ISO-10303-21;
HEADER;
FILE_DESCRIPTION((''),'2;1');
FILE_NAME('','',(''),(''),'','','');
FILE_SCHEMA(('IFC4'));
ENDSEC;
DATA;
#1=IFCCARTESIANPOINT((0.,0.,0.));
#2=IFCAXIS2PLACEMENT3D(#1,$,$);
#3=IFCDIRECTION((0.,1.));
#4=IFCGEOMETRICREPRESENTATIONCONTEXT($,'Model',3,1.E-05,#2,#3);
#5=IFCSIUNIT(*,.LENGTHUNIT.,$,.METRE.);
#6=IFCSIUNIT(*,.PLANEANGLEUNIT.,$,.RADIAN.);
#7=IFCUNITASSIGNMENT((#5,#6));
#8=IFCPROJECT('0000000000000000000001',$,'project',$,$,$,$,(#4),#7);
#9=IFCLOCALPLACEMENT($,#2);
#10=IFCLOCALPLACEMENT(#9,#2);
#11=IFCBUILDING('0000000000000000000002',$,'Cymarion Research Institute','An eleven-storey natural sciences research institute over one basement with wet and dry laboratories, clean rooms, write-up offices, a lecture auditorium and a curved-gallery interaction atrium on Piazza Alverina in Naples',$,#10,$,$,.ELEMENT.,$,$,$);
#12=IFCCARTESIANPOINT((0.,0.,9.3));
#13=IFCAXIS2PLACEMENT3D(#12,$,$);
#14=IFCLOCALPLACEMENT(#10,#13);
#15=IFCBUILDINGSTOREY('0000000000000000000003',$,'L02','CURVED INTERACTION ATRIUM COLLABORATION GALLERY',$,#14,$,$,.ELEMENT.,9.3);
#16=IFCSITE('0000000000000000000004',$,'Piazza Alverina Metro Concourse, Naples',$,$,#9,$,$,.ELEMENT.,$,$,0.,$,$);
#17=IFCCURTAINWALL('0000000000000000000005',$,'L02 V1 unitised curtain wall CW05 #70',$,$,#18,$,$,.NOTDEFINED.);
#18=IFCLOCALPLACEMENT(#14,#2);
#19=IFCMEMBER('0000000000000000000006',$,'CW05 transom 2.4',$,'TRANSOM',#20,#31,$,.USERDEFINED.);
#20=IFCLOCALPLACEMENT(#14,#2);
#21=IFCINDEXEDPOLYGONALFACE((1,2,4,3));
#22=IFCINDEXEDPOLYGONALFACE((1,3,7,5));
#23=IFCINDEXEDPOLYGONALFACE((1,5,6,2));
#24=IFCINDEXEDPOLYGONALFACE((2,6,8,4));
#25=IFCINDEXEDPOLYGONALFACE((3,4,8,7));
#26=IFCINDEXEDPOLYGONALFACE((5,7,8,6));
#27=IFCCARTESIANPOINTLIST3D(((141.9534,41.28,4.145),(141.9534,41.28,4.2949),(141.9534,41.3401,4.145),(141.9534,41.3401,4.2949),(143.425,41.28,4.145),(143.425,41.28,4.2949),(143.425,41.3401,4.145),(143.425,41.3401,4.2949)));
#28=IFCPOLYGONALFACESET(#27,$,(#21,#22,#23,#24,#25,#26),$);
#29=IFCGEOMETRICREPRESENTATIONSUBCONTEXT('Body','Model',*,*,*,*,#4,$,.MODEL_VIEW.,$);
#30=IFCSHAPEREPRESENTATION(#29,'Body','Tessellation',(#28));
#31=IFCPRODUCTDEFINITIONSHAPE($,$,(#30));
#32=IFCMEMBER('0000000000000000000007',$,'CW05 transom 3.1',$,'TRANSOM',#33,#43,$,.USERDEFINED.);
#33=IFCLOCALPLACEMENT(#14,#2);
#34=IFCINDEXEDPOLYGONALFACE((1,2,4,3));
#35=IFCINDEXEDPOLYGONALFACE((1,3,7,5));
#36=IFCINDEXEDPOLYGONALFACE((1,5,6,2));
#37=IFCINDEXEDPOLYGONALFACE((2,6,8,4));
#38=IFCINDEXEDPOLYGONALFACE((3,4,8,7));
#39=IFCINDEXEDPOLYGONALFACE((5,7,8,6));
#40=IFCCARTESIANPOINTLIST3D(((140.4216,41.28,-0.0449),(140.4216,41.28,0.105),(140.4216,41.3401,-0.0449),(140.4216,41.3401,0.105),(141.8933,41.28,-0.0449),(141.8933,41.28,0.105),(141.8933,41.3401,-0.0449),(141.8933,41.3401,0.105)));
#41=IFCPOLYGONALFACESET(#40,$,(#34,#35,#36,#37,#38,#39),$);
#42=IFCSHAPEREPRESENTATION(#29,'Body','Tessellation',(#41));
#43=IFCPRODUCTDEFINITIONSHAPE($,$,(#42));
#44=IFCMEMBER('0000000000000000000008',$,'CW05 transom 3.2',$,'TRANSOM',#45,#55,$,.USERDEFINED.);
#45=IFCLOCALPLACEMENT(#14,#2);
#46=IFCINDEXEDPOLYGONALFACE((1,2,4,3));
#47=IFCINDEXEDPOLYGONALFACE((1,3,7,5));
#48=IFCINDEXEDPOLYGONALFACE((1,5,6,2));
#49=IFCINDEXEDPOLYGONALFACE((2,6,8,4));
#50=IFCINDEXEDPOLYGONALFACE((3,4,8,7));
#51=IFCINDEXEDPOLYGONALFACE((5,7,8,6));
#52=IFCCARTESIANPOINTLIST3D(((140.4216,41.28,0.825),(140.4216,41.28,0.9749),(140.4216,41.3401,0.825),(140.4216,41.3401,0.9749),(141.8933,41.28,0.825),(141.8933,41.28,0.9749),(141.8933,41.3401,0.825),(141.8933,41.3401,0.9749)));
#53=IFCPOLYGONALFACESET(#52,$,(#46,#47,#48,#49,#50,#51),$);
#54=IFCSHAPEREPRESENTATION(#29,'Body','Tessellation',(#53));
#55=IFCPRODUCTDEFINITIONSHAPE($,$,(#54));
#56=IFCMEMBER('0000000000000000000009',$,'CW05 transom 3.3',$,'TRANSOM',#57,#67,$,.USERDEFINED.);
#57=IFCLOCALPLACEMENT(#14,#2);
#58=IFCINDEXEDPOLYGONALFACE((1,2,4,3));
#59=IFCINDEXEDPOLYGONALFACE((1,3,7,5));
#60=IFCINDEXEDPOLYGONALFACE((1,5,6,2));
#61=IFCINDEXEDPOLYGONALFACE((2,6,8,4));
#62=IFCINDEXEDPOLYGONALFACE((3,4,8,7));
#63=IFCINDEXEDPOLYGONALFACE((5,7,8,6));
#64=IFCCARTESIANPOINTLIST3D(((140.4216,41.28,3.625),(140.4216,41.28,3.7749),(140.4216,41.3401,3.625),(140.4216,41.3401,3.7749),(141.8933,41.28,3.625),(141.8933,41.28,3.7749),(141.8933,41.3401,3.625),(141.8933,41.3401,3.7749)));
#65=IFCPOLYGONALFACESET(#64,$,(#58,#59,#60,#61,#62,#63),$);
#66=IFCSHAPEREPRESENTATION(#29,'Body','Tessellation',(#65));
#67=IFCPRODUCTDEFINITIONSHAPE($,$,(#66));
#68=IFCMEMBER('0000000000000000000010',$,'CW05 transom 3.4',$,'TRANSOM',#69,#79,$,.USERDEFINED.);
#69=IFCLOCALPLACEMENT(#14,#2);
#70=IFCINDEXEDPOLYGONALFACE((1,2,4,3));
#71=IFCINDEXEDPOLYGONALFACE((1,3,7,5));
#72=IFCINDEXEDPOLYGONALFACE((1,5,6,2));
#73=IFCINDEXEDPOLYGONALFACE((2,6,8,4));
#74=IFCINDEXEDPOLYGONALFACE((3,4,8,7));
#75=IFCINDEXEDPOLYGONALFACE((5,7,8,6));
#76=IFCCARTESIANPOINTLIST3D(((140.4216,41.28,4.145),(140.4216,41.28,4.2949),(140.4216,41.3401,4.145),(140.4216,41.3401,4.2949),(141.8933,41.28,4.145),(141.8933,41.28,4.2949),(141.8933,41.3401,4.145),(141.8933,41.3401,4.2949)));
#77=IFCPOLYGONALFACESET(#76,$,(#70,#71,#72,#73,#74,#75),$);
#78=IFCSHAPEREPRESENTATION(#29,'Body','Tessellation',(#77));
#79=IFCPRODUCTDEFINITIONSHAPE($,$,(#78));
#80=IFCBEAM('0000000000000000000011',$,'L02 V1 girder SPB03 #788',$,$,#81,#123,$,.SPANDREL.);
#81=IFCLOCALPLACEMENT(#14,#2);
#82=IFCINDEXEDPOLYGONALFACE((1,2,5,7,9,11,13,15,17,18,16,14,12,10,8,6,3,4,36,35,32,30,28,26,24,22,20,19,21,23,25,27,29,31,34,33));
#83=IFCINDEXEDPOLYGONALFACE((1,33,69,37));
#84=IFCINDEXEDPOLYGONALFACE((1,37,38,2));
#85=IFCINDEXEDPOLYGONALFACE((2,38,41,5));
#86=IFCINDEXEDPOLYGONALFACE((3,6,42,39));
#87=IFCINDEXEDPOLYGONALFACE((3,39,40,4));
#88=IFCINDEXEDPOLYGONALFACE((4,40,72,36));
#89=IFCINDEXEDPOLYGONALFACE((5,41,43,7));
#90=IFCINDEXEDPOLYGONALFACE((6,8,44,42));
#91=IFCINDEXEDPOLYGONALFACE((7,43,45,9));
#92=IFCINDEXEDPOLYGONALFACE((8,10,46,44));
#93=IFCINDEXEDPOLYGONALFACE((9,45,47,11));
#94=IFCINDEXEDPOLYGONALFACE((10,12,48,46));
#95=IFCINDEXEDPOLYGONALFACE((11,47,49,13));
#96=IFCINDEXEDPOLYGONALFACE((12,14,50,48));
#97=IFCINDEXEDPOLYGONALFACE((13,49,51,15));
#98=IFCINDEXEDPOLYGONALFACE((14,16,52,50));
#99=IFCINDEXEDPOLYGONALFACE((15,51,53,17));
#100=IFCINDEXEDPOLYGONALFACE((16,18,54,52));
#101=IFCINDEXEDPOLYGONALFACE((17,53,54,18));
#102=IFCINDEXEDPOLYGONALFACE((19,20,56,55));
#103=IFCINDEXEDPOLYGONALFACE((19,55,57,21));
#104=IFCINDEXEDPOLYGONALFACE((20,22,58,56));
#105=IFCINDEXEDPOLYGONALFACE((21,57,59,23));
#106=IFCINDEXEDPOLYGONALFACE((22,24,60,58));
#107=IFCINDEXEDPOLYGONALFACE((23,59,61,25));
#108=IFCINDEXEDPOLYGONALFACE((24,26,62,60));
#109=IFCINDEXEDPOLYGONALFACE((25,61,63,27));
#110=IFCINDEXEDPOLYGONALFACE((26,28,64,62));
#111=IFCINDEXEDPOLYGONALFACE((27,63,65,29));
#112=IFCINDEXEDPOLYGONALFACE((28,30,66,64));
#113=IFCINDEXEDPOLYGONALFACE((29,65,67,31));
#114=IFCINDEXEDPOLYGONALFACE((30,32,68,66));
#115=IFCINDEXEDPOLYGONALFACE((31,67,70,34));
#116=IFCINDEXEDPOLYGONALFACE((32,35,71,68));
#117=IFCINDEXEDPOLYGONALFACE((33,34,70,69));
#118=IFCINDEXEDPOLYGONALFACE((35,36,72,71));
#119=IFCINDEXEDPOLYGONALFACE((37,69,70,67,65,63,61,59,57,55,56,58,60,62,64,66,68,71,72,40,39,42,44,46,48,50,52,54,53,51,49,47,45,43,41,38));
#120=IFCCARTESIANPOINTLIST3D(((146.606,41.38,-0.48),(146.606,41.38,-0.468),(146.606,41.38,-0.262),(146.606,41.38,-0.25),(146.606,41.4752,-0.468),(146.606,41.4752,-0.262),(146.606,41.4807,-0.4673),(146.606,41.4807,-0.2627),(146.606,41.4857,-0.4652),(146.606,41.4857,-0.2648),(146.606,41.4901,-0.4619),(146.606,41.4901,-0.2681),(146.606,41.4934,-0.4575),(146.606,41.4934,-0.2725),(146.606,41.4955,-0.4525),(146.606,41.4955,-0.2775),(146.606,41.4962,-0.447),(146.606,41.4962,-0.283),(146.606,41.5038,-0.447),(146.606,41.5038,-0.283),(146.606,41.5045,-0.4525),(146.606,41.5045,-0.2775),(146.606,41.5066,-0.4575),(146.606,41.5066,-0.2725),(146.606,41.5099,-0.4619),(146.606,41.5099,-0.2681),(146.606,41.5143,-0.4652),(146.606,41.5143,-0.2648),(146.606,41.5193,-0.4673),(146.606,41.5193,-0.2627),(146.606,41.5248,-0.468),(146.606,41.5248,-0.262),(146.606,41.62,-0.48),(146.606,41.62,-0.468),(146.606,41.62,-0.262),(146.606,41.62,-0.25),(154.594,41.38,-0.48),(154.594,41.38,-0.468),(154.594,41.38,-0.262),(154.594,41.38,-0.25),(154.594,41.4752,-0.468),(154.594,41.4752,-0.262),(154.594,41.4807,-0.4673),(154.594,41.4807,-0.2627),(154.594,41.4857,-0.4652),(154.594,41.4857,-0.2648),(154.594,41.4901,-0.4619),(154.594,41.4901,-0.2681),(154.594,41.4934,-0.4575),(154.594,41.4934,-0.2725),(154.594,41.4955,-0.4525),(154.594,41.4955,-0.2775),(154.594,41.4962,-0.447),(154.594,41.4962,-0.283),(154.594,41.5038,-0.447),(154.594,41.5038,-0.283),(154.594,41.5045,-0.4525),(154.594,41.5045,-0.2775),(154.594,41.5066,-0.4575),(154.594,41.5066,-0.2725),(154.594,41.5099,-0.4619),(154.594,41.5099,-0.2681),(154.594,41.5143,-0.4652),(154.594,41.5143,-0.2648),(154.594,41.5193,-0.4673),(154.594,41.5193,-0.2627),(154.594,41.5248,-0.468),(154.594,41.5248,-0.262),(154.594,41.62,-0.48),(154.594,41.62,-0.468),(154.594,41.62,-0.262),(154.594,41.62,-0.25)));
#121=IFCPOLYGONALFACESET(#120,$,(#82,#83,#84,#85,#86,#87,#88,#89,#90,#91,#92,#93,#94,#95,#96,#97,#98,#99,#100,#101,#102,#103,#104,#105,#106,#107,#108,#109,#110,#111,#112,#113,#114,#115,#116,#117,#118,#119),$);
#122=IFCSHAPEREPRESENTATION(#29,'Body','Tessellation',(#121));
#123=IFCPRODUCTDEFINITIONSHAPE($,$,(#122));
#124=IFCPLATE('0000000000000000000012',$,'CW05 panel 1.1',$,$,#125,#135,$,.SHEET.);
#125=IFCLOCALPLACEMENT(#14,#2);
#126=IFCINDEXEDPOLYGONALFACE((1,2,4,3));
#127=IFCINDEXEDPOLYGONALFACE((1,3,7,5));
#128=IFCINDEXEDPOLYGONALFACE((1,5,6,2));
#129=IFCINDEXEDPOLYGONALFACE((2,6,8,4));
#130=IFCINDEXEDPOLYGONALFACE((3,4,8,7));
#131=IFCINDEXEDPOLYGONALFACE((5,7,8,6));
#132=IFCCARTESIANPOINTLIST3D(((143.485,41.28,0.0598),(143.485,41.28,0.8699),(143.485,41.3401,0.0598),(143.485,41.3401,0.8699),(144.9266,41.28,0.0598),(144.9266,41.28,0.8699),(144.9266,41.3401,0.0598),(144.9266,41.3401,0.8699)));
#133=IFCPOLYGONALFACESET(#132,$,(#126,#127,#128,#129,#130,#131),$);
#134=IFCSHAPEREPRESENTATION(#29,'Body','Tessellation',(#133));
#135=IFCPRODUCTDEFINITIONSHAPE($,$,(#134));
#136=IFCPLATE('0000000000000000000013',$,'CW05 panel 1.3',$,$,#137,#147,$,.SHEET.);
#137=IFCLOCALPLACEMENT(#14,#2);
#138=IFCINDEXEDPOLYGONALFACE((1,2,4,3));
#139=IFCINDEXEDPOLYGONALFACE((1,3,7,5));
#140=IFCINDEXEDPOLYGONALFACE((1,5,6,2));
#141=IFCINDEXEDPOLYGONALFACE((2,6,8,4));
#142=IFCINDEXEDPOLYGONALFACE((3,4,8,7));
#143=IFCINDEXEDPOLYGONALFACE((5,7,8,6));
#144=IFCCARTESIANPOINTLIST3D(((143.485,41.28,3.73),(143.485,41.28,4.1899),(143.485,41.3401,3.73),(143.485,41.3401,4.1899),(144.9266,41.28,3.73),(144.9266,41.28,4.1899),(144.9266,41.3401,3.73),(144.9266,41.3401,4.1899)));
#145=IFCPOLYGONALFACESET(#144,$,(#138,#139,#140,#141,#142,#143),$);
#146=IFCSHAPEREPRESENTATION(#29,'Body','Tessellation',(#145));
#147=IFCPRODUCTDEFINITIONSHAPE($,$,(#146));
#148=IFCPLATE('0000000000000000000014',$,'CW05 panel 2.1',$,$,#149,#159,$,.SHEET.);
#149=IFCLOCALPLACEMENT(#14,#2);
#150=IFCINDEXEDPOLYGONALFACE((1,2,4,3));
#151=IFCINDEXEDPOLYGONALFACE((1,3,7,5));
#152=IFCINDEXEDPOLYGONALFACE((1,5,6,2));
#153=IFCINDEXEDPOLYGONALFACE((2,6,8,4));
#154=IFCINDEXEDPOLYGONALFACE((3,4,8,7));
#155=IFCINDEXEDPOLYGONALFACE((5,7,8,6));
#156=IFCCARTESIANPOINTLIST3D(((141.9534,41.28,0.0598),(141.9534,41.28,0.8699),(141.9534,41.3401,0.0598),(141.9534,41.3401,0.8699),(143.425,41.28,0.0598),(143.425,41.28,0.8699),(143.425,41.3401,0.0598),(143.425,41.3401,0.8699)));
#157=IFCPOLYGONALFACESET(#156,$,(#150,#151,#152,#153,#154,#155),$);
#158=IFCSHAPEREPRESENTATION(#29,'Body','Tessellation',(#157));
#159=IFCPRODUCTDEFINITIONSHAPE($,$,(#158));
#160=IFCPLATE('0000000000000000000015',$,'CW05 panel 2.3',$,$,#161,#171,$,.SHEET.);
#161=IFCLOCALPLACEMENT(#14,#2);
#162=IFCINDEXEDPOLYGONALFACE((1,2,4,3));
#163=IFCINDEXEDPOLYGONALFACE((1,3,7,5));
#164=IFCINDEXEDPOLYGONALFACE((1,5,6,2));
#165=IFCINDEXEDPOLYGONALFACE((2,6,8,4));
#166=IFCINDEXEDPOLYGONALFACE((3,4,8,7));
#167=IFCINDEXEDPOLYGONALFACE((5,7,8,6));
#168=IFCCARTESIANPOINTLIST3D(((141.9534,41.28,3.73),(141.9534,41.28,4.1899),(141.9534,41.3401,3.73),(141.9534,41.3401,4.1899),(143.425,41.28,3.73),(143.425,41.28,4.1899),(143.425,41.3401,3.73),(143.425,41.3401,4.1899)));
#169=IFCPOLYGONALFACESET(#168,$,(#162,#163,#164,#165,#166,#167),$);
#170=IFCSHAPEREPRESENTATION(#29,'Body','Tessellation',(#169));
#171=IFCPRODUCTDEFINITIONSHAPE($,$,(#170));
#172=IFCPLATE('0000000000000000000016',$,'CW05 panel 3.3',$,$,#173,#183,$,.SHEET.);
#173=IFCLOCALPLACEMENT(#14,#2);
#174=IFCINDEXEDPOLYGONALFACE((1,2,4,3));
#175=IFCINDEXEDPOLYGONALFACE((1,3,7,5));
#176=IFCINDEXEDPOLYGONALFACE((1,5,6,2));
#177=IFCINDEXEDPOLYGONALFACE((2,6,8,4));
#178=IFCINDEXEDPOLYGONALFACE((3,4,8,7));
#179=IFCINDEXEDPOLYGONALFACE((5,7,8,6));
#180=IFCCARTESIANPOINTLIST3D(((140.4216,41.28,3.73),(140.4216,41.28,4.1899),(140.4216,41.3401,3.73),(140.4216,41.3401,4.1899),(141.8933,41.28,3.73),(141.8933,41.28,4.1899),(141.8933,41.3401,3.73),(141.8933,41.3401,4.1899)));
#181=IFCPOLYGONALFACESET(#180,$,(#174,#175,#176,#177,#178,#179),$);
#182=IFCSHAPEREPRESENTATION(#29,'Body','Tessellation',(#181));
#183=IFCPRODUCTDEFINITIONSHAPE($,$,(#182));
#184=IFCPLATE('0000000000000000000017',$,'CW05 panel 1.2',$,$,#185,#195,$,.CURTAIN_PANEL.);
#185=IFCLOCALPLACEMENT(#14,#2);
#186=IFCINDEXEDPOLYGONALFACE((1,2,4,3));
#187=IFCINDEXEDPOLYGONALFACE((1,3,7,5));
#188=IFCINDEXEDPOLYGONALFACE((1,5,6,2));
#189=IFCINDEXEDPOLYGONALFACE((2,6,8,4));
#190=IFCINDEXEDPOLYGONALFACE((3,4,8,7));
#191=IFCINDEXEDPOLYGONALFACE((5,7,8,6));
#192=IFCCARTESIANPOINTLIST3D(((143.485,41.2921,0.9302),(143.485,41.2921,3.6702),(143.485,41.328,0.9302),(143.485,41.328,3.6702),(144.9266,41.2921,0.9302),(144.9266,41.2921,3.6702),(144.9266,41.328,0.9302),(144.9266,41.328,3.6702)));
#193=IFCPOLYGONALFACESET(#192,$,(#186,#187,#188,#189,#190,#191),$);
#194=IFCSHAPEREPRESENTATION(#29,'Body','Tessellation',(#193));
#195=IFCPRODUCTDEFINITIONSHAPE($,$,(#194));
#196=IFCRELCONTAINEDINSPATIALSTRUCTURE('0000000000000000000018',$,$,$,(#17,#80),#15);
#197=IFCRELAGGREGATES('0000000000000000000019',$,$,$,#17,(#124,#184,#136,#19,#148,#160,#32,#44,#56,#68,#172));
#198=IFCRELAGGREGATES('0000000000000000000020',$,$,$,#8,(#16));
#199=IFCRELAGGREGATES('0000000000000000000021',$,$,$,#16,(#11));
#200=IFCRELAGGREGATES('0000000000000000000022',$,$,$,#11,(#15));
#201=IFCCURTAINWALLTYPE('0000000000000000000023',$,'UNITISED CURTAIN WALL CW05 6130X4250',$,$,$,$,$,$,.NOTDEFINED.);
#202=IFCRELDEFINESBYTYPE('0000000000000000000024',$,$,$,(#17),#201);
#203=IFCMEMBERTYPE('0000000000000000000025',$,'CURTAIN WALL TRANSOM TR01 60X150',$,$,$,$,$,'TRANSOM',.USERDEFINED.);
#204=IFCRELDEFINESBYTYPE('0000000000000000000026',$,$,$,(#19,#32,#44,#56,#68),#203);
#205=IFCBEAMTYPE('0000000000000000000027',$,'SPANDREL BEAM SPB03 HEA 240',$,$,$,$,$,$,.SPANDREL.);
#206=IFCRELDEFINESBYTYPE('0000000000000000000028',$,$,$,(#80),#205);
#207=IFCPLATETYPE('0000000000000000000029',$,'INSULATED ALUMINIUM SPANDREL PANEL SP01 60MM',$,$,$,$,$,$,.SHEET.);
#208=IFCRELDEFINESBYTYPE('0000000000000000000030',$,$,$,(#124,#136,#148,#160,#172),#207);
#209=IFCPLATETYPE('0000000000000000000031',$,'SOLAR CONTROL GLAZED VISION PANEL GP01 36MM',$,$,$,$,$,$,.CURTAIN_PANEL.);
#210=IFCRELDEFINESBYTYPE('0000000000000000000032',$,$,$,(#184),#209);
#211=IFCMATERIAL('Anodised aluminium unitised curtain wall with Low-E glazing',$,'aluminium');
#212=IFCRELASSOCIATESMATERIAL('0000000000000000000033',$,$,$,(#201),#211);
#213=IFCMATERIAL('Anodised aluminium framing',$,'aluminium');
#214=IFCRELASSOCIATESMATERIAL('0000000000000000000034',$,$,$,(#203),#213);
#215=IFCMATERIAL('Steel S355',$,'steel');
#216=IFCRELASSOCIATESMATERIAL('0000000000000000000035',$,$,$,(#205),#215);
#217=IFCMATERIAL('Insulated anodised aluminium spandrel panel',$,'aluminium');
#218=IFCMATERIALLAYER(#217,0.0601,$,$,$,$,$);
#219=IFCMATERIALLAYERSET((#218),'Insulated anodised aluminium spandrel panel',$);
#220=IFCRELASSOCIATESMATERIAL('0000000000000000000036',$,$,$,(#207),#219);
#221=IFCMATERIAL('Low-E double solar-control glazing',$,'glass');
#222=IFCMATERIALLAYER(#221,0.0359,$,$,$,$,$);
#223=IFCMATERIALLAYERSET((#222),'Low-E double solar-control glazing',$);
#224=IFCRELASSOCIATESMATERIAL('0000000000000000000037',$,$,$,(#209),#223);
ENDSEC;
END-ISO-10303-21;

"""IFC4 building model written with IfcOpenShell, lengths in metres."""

from ifc_helpers import new_model, si_unit, direction, frame, origin, origin_2d, place, context, subcontext, project, spatial, rectangle, i_section, extrude, material, layer, layer_set, material_profile, profile_set, type_object, element, aggregate, save


model = new_model("IFC4")

# Units and contexts
model_context = context("Model", 3, precision=1e-05, world=origin(), true_north=direction((0.0, 1.0)))
body_context = subcontext(model_context, "Body", "Model", "MODEL_VIEW")
ifc_project = project(units=[si_unit("LENGTHUNIT", "METRE"), si_unit("PLANEANGLEUNIT", "RADIAN")], contexts=[model_context])

# Site, building, storey
site_placement = place(None, origin())
site = spatial("IfcSite", under=ifc_project, at=site_placement, Name="Piazza Alverina Metro Concourse, Naples", CompositionType="ELEMENT", RefElevation=0.0)
building_placement = place(site_placement, origin())
building = spatial("IfcBuilding", under=site, at=building_placement, Name="Cymarion Research Institute", Description="An eleven-storey natural sciences research institute over one basement with wet and dry laboratories, clean rooms, write-up offices, a lecture auditorium and a curved-gallery interaction atrium on Piazza Alverina in Naples", CompositionType="ELEMENT")
storey_placement = place(building_placement, frame((0.0, 0.0, 9.3)))
storey = spatial("IfcBuildingStorey", under=building, at=storey_placement, Name="L02", Description="CURVED INTERACTION ATRIUM COLLABORATION GALLERY", CompositionType="ELEMENT", Elevation=9.3)

# Shared definitions
ifc_material_1 = material(Name="Steel S355", Category="steel")

# Shared definitions
ifc_material_2 = material(Name="Anodised aluminium unitised curtain wall with Low-E glazing", Category="aluminium")
ifc_material_3 = material(Name="Anodised aluminium framing", Category="aluminium")

# Curtain wall, members
curtain_wall_type_1 = type_object("IfcCurtainWallType", Name="UNITISED CURTAIN WALL CW05 6130X4250", PredefinedType="NOTDEFINED", material=ifc_material_2)
curtain_wall_1_placement = place(storey_placement, origin())
curtain_wall_1 = element("IfcCurtainWall", 1, at=curtain_wall_1_placement, inside=storey, type_object=curtain_wall_type_1, Name="L02 V1 unitised curtain wall CW05 #70", PredefinedType="NOTDEFINED")
ifc_material_profile_1 = material_profile(ifc_material_3, rectangle(XDim=0.0601, YDim=0.1499, at=origin_2d()), Name="ALU TRANSOM 60x150")
ifc_profile_set_1 = profile_set([ifc_material_profile_1], Name="Anodised aluminium framing")
member_type_1 = type_object("IfcMemberType", Name="CURTAIN WALL TRANSOM TR01 60X150", ElementType="TRANSOM", PredefinedType="USERDEFINED", material=ifc_profile_set_1)
member_1_placement = place(storey_placement, frame((143.425, 41.3101, 4.22), z_axis=(-1.0, 0.0, 0.0), x_axis=(0.0, -1.0, 0.0)))
member_1 = element("IfcMember", 2, at=member_1_placement, type_object=member_type_1, Name="CW05 transom 2.4", ObjectType="TRANSOM", PredefinedType="USERDEFINED", context=body_context, shape_type="SweptSolid", body=[
    extrude(rectangle(XDim=0.0601, YDim=0.1499, at=origin_2d()), origin(), (0.0, 0.0, 1.0), 1.4717),
])
member_2_placement = place(storey_placement, frame((141.8933, 41.3101, 0.03), z_axis=(-1.0, 0.0, 0.0), x_axis=(0.0, -1.0, 0.0)))
member_2 = element("IfcMember", 3, at=member_2_placement, type_object=member_type_1, Name="CW05 transom 3.1", ObjectType="TRANSOM", PredefinedType="USERDEFINED", context=body_context, shape_type="SweptSolid", body=[
    extrude(rectangle(XDim=0.0601, YDim=0.1499, at=origin_2d()), origin(), (0.0, 0.0, 1.0), 1.4717),
])
member_3_placement = place(storey_placement, frame((141.8933, 41.3101, 0.8999), z_axis=(-1.0, 0.0, 0.0), x_axis=(0.0, -1.0, 0.0)))
member_3 = element("IfcMember", 4, at=member_3_placement, type_object=member_type_1, Name="CW05 transom 3.2", ObjectType="TRANSOM", PredefinedType="USERDEFINED", context=body_context, shape_type="SweptSolid", body=[
    extrude(rectangle(XDim=0.0601, YDim=0.1499, at=origin_2d()), origin(), (0.0, 0.0, 1.0), 1.4717),
])
member_4_placement = place(storey_placement, frame((141.8933, 41.3101, 3.7), z_axis=(-1.0, 0.0, 0.0), x_axis=(0.0, -1.0, 0.0)))
member_4 = element("IfcMember", 5, at=member_4_placement, type_object=member_type_1, Name="CW05 transom 3.3", ObjectType="TRANSOM", PredefinedType="USERDEFINED", context=body_context, shape_type="SweptSolid", body=[
    extrude(rectangle(XDim=0.0601, YDim=0.1499, at=origin_2d()), origin(), (0.0, 0.0, 1.0), 1.4717),
])
member_5_placement = place(storey_placement, frame((141.8933, 41.3101, 4.22), z_axis=(-1.0, 0.0, 0.0), x_axis=(0.0, -1.0, 0.0)))
member_5 = element("IfcMember", 6, at=member_5_placement, type_object=member_type_1, Name="CW05 transom 3.4", ObjectType="TRANSOM", PredefinedType="USERDEFINED", context=body_context, shape_type="SweptSolid", body=[
    extrude(rectangle(XDim=0.0601, YDim=0.1499, at=origin_2d()), origin(), (0.0, 0.0, 1.0), 1.4717),
])

# Beam
ifc_material_profile_2 = material_profile(ifc_material_1, i_section(OverallWidth=0.24, OverallDepth=0.23, WebThickness=0.0076, FlangeThickness=0.012, FilletRadius=0.021, at=origin_2d()), Name="HEA 240")
ifc_profile_set_2 = profile_set([ifc_material_profile_2], Name="Steel S355")
beam_type = type_object("IfcBeamType", Name="SPANDREL BEAM SPB03 HEA 240", PredefinedType="SPANDREL", material=ifc_profile_set_2)
beam_placement = place(storey_placement, frame((146.606, 41.5, -0.365), z_axis=(1.0, 0.0, 0.0), x_axis=(0.0, 1.0, 0.0)))
element("IfcBeam", 7, at=beam_placement, inside=storey, type_object=beam_type, Name="L02 V1 girder SPB03 #788", PredefinedType="SPANDREL", context=body_context, shape_type="SweptSolid", body=[
    extrude(i_section(OverallWidth=0.24, OverallDepth=0.23, WebThickness=0.0076, FlangeThickness=0.012, FilletRadius=0.021, at=origin_2d()), origin(), (0.0, 0.0, 1.0), 7.988),
])

# Plates
ifc_material_4 = material(Name="Insulated anodised aluminium spandrel panel", Category="aluminium")
ifc_layer_1 = layer(ifc_material_4, 0.0601)
ifc_layer_set_1 = layer_set([ifc_layer_1], Name="Insulated anodised aluminium spandrel panel")
plate_type_1 = type_object("IfcPlateType", Name="INSULATED ALUMINIUM SPANDREL PANEL SP01 60MM", PredefinedType="SHEET", material=ifc_layer_set_1)
plate_1_placement = place(storey_placement, frame((144.2058, 41.3101, 0.0598), z_axis=(0.0, 0.0, 1.0), x_axis=(-1.0, 0.0, 0.0)))
plate_1 = element("IfcPlate", 8, at=plate_1_placement, type_object=plate_type_1, Name="CW05 panel 1.1", PredefinedType="SHEET", context=body_context, shape_type="SweptSolid", body=[
    extrude(rectangle(XDim=1.4417, YDim=0.0601, at=origin_2d()), origin(), (0.0, 0.0, 1.0), 0.8101),
])
plate_2_placement = place(storey_placement, frame((144.2058, 41.3101, 3.73), z_axis=(0.0, 0.0, 1.0), x_axis=(-1.0, 0.0, 0.0)))
plate_2 = element("IfcPlate", 9, at=plate_2_placement, type_object=plate_type_1, Name="CW05 panel 1.3", PredefinedType="SHEET", context=body_context, shape_type="SweptSolid", body=[
    extrude(rectangle(XDim=1.4417, YDim=0.0601, at=origin_2d()), origin(), (0.0, 0.0, 1.0), 0.46),
])
plate_3_placement = place(storey_placement, frame((142.6892, 41.3101, 0.0598), z_axis=(0.0, 0.0, 1.0), x_axis=(-1.0, 0.0, 0.0)))
plate_3 = element("IfcPlate", 10, at=plate_3_placement, type_object=plate_type_1, Name="CW05 panel 2.1", PredefinedType="SHEET", context=body_context, shape_type="SweptSolid", body=[
    extrude(rectangle(XDim=1.4717, YDim=0.0601, at=origin_2d()), origin(), (0.0, 0.0, 1.0), 0.8101),
])
plate_4_placement = place(storey_placement, frame((142.6892, 41.3101, 3.73), z_axis=(0.0, 0.0, 1.0), x_axis=(-1.0, 0.0, 0.0)))
plate_4 = element("IfcPlate", 11, at=plate_4_placement, type_object=plate_type_1, Name="CW05 panel 2.3", PredefinedType="SHEET", context=body_context, shape_type="SweptSolid", body=[
    extrude(rectangle(XDim=1.4717, YDim=0.0601, at=origin_2d()), origin(), (0.0, 0.0, 1.0), 0.46),
])
plate_5_placement = place(storey_placement, frame((141.1575, 41.3101, 3.73), z_axis=(0.0, 0.0, 1.0), x_axis=(-1.0, 0.0, 0.0)))
plate_5 = element("IfcPlate", 12, at=plate_5_placement, type_object=plate_type_1, Name="CW05 panel 3.3", PredefinedType="SHEET", context=body_context, shape_type="SweptSolid", body=[
    extrude(rectangle(XDim=1.4717, YDim=0.0601, at=origin_2d()), origin(), (0.0, 0.0, 1.0), 0.46),
])
ifc_material_5 = material(Name="Low-E double solar-control glazing", Category="glass")
ifc_layer_2 = layer(ifc_material_5, 0.0359)
ifc_layer_set_2 = layer_set([ifc_layer_2], Name="Low-E double solar-control glazing")
plate_type_2 = type_object("IfcPlateType", Name="SOLAR CONTROL GLAZED VISION PANEL GP01 36MM", PredefinedType="CURTAIN_PANEL", material=ifc_layer_set_2)
plate_6_placement = place(storey_placement, frame((144.2058, 41.3101, 0.9302), z_axis=(0.0, 0.0, 1.0), x_axis=(-1.0, 0.0, 0.0)))
plate_6 = element("IfcPlate", 13, at=plate_6_placement, type_object=plate_type_2, Name="CW05 panel 1.2", PredefinedType="CURTAIN_PANEL", context=body_context, shape_type="SweptSolid", body=[
    extrude(rectangle(XDim=1.4417, YDim=0.0359, at=origin_2d()), origin(), (0.0, 0.0, 1.0), 2.74),
])
aggregate(curtain_wall_1, [plate_1, plate_6, plate_2, member_1, plate_3, plate_4, member_2, member_3, member_4, member_5, plate_5])

save(model, "model.ifc")
